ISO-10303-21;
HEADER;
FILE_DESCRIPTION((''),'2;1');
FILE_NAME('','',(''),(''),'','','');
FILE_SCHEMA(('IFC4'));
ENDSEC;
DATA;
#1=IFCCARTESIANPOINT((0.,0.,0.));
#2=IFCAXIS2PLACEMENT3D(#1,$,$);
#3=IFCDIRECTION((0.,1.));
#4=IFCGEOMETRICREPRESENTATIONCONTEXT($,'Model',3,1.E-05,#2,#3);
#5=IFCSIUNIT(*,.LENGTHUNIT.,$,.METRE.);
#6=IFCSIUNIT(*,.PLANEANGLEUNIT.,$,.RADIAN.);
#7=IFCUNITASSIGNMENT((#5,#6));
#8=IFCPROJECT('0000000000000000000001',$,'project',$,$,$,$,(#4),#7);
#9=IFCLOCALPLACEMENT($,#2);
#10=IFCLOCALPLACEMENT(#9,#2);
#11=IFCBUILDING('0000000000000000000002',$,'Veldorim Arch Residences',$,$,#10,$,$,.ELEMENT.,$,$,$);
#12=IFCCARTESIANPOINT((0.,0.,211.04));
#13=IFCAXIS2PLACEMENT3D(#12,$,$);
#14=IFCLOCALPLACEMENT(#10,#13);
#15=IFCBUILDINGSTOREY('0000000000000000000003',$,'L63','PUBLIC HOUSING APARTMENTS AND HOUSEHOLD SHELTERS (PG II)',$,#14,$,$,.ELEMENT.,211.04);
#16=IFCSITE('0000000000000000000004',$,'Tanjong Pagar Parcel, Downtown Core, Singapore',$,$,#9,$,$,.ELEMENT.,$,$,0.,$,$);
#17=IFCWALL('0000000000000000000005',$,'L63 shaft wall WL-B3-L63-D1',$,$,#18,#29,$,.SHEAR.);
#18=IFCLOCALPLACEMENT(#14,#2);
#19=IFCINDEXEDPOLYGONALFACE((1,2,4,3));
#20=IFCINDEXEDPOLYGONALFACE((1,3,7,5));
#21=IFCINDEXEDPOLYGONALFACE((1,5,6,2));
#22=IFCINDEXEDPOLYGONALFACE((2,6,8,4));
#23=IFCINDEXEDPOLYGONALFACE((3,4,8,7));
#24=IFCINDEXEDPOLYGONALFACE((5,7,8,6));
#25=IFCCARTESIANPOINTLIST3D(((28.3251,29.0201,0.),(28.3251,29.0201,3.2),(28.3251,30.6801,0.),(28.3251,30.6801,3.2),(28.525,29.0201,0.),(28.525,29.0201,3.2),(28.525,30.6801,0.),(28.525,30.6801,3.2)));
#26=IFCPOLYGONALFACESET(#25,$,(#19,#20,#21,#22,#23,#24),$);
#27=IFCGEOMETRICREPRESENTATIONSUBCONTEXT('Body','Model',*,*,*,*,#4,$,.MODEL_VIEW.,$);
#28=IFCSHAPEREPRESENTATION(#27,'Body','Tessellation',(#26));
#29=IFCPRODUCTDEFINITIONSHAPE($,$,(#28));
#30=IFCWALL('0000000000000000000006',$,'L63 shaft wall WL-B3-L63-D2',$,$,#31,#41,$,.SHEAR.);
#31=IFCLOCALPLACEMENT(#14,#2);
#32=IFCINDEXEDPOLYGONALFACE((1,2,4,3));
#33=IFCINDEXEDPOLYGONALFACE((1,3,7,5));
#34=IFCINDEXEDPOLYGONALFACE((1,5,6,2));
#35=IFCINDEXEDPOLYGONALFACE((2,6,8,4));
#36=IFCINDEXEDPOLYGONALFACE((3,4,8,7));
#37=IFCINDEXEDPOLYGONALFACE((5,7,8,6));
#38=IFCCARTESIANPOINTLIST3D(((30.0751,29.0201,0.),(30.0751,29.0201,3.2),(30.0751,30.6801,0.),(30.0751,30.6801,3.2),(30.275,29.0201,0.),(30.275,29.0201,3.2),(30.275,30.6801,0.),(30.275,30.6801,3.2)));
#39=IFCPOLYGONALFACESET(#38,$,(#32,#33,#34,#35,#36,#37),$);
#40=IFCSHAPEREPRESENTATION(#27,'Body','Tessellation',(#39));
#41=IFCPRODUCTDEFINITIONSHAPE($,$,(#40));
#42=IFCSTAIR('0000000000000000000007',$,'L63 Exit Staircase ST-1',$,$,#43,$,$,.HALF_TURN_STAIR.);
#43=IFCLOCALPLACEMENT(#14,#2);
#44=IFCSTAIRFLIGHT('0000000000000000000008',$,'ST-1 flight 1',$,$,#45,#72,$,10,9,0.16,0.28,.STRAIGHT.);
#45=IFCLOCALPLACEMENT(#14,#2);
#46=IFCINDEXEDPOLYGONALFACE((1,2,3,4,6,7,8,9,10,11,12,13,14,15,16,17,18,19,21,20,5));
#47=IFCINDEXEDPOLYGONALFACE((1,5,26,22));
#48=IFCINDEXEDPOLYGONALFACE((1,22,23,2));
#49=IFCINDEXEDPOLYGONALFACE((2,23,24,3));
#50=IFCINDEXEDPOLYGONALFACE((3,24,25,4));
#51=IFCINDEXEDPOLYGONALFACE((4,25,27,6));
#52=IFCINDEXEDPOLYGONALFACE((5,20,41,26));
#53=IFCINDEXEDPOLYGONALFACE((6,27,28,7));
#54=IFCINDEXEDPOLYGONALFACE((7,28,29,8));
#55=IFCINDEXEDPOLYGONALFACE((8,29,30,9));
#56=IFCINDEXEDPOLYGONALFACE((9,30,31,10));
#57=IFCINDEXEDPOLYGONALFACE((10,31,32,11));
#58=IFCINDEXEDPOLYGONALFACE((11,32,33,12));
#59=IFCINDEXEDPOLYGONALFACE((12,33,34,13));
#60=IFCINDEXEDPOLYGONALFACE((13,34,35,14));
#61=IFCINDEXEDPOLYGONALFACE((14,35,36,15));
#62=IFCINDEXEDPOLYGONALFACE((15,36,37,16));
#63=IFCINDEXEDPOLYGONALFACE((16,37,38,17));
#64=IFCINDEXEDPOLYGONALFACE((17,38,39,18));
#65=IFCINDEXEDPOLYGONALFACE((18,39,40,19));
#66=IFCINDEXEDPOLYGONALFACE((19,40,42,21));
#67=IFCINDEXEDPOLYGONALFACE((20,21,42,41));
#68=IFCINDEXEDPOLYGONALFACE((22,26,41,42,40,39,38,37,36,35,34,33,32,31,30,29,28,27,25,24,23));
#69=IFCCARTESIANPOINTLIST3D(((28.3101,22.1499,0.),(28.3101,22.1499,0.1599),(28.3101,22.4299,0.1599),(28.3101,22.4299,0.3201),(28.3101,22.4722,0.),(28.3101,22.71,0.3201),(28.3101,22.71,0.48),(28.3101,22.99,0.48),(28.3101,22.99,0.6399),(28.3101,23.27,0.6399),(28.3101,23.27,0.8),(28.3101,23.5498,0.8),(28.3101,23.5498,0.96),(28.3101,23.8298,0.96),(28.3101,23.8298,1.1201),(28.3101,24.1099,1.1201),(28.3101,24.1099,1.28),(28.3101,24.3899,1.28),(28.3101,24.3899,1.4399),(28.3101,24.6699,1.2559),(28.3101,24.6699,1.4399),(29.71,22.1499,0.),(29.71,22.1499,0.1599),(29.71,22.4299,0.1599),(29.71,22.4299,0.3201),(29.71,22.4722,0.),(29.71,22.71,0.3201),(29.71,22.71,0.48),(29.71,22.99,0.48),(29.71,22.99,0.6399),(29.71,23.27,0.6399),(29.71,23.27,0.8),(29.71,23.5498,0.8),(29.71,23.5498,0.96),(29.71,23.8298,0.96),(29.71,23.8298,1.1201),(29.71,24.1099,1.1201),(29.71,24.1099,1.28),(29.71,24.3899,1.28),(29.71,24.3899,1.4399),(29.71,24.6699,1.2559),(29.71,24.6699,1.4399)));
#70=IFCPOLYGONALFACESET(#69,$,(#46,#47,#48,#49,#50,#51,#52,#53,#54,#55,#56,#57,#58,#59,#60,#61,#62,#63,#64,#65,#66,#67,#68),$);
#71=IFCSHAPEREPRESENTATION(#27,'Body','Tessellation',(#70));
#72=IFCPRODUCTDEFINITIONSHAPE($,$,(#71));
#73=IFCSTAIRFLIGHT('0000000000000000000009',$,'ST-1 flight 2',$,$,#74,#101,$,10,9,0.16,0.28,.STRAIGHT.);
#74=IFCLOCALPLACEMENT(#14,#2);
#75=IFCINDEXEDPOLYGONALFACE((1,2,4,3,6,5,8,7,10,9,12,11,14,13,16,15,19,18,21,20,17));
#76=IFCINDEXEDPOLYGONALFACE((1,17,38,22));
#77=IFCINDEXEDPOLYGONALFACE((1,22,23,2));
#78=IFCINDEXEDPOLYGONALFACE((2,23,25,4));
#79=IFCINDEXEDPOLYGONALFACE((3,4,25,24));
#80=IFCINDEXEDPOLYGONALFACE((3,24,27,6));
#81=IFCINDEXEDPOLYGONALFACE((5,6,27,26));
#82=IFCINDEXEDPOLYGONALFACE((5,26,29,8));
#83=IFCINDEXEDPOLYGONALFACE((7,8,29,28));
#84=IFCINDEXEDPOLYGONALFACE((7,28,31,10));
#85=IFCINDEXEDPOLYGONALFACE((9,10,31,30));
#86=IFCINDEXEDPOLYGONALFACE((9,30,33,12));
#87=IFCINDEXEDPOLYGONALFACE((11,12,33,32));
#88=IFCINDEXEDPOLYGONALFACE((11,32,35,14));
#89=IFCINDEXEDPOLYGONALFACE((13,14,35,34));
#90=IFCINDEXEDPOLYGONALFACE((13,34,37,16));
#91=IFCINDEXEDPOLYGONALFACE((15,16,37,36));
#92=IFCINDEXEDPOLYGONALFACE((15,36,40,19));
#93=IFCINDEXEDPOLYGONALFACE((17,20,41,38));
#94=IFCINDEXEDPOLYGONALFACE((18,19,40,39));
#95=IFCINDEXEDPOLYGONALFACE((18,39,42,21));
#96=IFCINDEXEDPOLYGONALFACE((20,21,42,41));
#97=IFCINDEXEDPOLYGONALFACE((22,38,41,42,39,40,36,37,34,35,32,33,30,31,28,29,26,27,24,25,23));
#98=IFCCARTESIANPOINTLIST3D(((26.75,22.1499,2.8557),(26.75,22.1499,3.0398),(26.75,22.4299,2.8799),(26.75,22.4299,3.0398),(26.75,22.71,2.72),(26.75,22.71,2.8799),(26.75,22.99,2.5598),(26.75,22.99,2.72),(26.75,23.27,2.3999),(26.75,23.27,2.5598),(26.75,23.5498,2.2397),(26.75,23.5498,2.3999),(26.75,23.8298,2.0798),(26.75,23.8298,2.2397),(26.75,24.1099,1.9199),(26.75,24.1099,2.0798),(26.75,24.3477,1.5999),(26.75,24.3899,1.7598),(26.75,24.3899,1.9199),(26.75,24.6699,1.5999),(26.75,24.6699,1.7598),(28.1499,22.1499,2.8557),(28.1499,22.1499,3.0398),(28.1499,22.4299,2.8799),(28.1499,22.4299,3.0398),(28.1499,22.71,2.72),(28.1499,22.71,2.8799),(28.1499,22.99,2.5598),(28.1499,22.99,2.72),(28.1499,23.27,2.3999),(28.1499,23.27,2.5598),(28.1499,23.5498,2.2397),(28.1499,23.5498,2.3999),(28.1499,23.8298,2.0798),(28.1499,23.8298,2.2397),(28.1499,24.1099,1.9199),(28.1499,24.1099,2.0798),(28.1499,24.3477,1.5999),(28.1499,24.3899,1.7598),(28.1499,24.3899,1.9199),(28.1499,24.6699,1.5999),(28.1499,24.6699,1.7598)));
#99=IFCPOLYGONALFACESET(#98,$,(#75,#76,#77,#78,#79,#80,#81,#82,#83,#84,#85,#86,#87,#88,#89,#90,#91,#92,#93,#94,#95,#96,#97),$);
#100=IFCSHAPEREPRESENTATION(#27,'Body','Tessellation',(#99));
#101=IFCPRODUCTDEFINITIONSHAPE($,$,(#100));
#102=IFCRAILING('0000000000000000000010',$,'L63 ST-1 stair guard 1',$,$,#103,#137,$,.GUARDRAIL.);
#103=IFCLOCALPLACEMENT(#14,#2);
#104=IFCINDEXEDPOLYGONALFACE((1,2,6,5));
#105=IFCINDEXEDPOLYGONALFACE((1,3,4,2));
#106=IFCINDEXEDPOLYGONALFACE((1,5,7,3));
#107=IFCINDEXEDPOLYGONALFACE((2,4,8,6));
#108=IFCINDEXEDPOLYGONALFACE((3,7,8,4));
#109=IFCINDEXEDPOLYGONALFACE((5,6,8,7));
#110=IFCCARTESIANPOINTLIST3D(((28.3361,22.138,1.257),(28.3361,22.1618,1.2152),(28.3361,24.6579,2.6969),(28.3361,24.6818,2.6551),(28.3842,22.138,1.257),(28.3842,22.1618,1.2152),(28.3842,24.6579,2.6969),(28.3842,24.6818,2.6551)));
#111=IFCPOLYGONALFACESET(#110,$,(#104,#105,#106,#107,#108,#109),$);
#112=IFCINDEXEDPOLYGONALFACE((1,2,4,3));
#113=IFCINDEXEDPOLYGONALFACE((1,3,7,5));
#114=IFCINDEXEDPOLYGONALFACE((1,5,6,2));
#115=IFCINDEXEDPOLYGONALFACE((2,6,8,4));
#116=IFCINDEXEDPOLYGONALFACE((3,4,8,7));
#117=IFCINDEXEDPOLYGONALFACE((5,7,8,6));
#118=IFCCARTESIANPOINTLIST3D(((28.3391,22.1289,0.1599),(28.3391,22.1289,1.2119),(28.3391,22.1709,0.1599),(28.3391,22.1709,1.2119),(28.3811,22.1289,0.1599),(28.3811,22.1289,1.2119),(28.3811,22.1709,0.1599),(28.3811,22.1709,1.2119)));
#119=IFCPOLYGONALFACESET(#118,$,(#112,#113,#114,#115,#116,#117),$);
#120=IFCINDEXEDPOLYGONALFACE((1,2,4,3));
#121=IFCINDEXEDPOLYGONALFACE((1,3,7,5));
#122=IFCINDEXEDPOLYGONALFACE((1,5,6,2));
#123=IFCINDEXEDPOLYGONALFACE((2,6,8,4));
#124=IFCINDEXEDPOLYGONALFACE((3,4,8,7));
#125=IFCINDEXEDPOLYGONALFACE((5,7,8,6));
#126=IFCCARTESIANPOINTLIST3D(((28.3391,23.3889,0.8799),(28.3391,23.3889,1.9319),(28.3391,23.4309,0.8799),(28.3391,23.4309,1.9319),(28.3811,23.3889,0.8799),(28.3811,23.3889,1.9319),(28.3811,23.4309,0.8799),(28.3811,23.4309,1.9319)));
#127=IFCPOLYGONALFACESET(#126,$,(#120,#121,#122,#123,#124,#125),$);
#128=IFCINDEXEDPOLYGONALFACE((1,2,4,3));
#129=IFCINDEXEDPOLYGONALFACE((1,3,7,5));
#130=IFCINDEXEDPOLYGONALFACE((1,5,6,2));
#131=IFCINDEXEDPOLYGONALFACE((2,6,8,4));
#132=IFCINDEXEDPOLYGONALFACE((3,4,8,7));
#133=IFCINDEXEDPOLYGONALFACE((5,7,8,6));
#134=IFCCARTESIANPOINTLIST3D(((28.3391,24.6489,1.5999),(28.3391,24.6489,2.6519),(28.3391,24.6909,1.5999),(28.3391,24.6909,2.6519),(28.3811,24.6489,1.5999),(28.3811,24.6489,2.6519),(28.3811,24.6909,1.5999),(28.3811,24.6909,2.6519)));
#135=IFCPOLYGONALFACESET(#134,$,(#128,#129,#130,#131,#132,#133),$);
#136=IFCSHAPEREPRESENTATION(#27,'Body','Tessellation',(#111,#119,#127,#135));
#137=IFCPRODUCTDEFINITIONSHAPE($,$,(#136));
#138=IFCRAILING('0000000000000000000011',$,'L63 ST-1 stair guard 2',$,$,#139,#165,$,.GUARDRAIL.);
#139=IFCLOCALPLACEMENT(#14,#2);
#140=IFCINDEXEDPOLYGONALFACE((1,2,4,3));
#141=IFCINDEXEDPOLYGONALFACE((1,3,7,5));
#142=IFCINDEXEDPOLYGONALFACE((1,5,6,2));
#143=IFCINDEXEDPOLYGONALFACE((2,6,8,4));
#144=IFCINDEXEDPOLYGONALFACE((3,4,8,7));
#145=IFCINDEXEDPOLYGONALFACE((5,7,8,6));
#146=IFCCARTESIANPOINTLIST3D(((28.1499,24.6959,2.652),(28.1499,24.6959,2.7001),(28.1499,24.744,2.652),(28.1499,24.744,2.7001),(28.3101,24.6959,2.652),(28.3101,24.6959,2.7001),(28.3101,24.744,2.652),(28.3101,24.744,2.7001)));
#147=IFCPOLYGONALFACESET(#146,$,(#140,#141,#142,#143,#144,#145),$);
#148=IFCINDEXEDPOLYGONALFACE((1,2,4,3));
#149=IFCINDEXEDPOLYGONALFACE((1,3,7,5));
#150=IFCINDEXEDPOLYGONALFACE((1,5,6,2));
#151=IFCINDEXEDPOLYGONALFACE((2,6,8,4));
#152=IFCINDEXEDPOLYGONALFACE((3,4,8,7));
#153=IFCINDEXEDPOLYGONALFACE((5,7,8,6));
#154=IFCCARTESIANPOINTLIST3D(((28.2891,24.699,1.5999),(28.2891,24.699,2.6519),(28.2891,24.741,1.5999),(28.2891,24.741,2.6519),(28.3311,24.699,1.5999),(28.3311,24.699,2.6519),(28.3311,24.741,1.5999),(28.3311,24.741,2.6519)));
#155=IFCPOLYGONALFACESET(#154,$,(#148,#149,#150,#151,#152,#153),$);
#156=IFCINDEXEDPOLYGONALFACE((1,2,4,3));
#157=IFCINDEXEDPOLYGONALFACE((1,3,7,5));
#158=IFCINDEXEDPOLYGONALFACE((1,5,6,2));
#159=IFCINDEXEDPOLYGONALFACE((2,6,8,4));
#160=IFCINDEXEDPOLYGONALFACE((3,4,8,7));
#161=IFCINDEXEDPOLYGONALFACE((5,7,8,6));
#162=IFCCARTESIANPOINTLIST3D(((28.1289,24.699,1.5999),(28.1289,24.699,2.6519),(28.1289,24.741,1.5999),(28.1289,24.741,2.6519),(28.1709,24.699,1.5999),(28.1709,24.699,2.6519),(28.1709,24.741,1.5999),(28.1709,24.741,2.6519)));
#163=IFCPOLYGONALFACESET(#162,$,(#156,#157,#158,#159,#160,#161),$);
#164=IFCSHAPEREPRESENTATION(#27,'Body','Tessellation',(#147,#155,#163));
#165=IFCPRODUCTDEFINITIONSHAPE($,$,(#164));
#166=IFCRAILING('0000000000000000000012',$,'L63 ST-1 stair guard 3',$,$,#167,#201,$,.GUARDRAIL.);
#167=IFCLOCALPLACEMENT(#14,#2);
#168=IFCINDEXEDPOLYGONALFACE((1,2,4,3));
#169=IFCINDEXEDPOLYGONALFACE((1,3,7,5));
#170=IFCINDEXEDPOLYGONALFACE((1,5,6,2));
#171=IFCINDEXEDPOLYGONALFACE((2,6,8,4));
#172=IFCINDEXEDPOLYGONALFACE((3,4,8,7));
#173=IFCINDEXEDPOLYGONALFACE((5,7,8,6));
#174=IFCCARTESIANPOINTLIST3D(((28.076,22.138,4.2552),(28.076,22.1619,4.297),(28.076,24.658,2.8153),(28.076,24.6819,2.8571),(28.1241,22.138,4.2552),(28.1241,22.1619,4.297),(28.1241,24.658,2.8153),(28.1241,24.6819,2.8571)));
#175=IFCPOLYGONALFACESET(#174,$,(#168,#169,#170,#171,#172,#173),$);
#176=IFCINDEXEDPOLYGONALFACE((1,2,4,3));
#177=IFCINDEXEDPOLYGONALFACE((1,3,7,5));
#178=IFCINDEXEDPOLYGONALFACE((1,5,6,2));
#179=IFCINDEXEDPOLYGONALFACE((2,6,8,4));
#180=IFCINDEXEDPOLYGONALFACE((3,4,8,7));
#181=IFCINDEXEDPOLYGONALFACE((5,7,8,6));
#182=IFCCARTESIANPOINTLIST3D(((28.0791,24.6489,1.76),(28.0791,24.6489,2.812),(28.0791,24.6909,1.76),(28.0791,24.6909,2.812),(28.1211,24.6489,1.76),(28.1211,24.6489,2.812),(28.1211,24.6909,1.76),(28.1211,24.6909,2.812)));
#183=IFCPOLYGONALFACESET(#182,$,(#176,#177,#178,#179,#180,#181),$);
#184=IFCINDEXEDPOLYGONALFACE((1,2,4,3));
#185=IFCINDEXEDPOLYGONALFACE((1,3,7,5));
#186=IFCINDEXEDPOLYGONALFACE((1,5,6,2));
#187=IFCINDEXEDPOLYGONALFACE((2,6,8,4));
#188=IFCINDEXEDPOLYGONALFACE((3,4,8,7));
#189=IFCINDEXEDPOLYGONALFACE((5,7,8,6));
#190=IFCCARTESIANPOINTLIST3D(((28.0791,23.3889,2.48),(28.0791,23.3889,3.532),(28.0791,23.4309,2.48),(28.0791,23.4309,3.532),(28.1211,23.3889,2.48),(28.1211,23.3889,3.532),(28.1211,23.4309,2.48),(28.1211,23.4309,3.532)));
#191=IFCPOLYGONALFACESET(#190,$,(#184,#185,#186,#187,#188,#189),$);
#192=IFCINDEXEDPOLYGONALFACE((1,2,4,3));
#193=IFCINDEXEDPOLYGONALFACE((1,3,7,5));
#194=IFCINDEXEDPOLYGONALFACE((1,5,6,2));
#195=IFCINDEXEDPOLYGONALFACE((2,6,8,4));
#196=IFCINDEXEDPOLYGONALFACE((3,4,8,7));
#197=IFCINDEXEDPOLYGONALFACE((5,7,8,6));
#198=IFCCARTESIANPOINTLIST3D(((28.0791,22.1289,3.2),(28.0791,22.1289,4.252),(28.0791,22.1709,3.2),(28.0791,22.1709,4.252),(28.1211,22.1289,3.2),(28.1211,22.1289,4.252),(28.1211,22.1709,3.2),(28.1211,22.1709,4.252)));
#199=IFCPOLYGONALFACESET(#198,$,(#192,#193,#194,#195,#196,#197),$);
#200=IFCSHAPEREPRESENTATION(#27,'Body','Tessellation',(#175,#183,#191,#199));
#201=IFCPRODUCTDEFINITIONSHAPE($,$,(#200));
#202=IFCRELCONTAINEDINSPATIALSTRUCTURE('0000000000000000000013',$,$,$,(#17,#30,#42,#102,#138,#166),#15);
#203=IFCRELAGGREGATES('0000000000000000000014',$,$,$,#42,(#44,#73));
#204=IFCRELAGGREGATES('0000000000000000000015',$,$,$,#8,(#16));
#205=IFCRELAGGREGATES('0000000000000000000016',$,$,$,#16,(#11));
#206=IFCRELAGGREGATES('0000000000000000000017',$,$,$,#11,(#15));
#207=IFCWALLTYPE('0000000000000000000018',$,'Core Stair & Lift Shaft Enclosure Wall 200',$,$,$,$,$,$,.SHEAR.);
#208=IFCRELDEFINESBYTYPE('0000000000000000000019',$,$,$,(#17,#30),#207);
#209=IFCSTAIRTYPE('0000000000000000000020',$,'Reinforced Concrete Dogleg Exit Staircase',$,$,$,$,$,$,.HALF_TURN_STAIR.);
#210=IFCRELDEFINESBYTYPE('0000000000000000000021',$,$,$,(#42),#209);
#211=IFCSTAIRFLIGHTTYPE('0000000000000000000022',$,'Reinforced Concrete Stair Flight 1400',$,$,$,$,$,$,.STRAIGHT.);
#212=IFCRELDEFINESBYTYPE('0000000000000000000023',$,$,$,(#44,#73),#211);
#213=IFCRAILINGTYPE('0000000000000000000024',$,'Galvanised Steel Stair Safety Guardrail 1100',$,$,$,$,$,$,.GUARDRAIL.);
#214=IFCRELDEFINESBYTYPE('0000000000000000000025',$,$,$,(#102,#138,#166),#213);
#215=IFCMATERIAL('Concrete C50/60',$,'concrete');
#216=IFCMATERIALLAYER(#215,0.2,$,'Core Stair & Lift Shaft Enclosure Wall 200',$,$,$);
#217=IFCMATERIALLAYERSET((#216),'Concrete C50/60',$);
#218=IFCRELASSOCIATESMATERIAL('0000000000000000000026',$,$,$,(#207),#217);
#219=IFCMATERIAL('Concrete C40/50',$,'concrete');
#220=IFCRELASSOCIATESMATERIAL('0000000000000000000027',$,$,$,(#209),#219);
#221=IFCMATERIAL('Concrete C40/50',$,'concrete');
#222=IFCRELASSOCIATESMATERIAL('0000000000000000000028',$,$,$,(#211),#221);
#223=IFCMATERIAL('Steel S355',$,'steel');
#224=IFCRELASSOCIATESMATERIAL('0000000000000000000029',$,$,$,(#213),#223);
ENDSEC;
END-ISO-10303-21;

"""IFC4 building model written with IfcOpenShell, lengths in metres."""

from ifc_helpers import new_model, si_unit, direction, frame, frame_2d, origin, origin_2d, place, context, subcontext, project, spatial, polyline, rectangle, outline, extrude, material, layer, layer_set, type_object, element, aggregate, save


model = new_model("IFC4")

# Units and contexts
model_context = context("Model", 3, precision=1e-05, world=origin(), true_north=direction((0.0, 1.0)))
body_context = subcontext(model_context, "Body", "Model", "MODEL_VIEW")
ifc_project = project(units=[si_unit("LENGTHUNIT", "METRE"), si_unit("PLANEANGLEUNIT", "RADIAN")], contexts=[model_context])

# Site, building, storey
site_placement = place(None, origin())
site = spatial("IfcSite", under=ifc_project, at=site_placement, Name="Tanjong Pagar Parcel, Downtown Core, Singapore", CompositionType="ELEMENT", RefElevation=0.0)
building_placement = place(site_placement, origin())
building = spatial("IfcBuilding", under=site, at=building_placement, Name="Veldorim Arch Residences", CompositionType="ELEMENT")
storey_placement = place(building_placement, frame((0.0, 0.0, 211.04)))
storey = spatial("IfcBuildingStorey", under=building, at=storey_placement, Name="L63", Description="PUBLIC HOUSING APARTMENTS AND HOUSEHOLD SHELTERS (PG II)", CompositionType="ELEMENT", Elevation=211.04)

# Shared definitions
ifc_material_1 = material(Name="Concrete C50/60", Category="concrete")
ifc_layer_1 = layer(ifc_material_1, 0.2, Name="Core Stair & Lift Shaft Enclosure Wall 200")
ifc_layer_set_1 = layer_set([ifc_layer_1], Name="Concrete C50/60")
wall_type_1 = type_object("IfcWallType", Name="Core Stair & Lift Shaft Enclosure Wall 200", PredefinedType="SHEAR", material=ifc_layer_set_1)

# Walls
for number, where, z_axis, x_axis, name in (
    (1, (28.425, 29.02, 0.0), (0.0, 0.0, 1.0), (0.0, 1.0, 0.0), "L63 shaft wall WL-B3-L63-D1"),
    (2, (30.175, 29.02, 0.0), (0.0, 0.0, 1.0), (0.0, 1.0, 0.0), "L63 shaft wall WL-B3-L63-D2"),
):
    element("IfcWall", number, at=place(storey_placement, frame(where, z_axis=z_axis, x_axis=x_axis)), inside=storey, type_object=wall_type_1, Name=name, PredefinedType="SHEAR", context=body_context, shape_type="SweptSolid", body=[
        extrude(rectangle(XDim=1.6599, YDim=0.2, at=frame_2d((0.8301, 0.0))), origin(), (0.0, 0.0, 1.0), 3.2),
    ])

# Stair, stair flights
ifc_material_2 = material(Name="Concrete C40/50", Category="concrete")
stair_type = type_object("IfcStairType", Name="Reinforced Concrete Dogleg Exit Staircase", PredefinedType="HALF_TURN_STAIR", material=ifc_material_2)
stair_placement = place(storey_placement, origin())
stair = element("IfcStair", 3, at=stair_placement, inside=storey, type_object=stair_type, Name="L63 Exit Staircase ST-1", PredefinedType="HALF_TURN_STAIR")
ifc_material_3 = material(Name="Concrete C40/50", Category="concrete")
stair_flight_type = type_object("IfcStairFlightType", Name="Reinforced Concrete Stair Flight 1400", PredefinedType="STRAIGHT", material=ifc_material_3)
stair_flight_1_placement = place(storey_placement, frame((29.01, 22.1499, 0.0), z_axis=(0.0, 0.0, 1.0), x_axis=(0.0, 1.0, 0.0)))
stair_flight_1 = element("IfcStairFlight", 4, at=stair_flight_1_placement, type_object=stair_flight_type, Name="ST-1 flight 1", NumberOfRisers=10, NumberOfTreads=9, PredefinedType="STRAIGHT", RiserHeight=0.16, TreadLength=0.28, context=body_context, shape_type="SweptSolid", body=[
    extrude(outline(polyline([(0.0, 0.0), (0.0, 0.1599), (0.28, 0.1599), (0.28, 0.3201), (0.5601, 0.3201), (0.5601, 0.48), (0.8401, 0.48), (0.8401, 0.6399), (1.1201, 0.6399), (1.1201, 0.8), (1.3999, 0.8), (1.3999, 0.96), (1.6799, 0.96), (1.6799, 1.1201), (1.96, 1.1201), (1.96, 1.28), (2.24, 1.28), (2.24, 1.4399), (2.52, 1.4399), (2.52, 1.6001), (2.52, 1.2559), (0.3223, 0.0), (0.0, 0.0)])), frame((0.0, 0.7, 0.0), z_axis=(0.0, -1.0, 0.0), x_axis=(1.0, 0.0, 0.0)), (0.0, 0.0, 1.0), 1.3999),
])
stair_flight_2_placement = place(storey_placement, frame((27.45, 24.6699, 1.5999), z_axis=(0.0, 0.0, 1.0), x_axis=(0.0, -1.0, 0.0)))
stair_flight_2 = element("IfcStairFlight", 5, at=stair_flight_2_placement, type_object=stair_flight_type, Name="ST-1 flight 2", NumberOfRisers=10, NumberOfTreads=9, PredefinedType="STRAIGHT", RiserHeight=0.16, TreadLength=0.28, context=body_context, shape_type="SweptSolid", body=[
    extrude(outline(polyline([(0.0, 0.0), (0.0, 0.1599), (0.28, 0.1599), (0.28, 0.3201), (0.5601, 0.3201), (0.5601, 0.48), (0.8401, 0.48), (0.8401, 0.6399), (1.1201, 0.6399), (1.1201, 0.8), (1.3999, 0.8), (1.3999, 0.96), (1.6799, 0.96), (1.6799, 1.1201), (1.96, 1.1201), (1.96, 1.28), (2.24, 1.28), (2.24, 1.4399), (2.52, 1.4399), (2.52, 1.6001), (2.52, 1.2559), (0.3223, 0.0), (0.0, 0.0)])), frame((0.0, 0.7, 0.0), z_axis=(0.0, -1.0, 0.0), x_axis=(1.0, 0.0, 0.0)), (0.0, 0.0, 1.0), 1.3999),
])
aggregate(stair, [stair_flight_1, stair_flight_2])

# Railings
ifc_material_4 = material(Name="Steel S355", Category="steel")
railing_type_1 = type_object("IfcRailingType", Name="Galvanised Steel Stair Safety Guardrail 1100", PredefinedType="GUARDRAIL", material=ifc_material_4)
railing_1_placement = place(storey_placement, frame((28.3601, 22.1499, 0.1599)))
element("IfcRailing", 6, at=railing_1_placement, inside=storey, type_object=railing_type_1, Name="L63 ST-1 stair guard 1", PredefinedType="GUARDRAIL", context=body_context, shape_type="SweptSolid", body=[
    extrude(rectangle(XDim=0.0481, YDim=0.0481, at=origin_2d()), frame((0.0, 0.0, 1.0762), z_axis=(0.0, 0.868253, 0.496121), x_axis=(-1.0, 0.0, 0.0)), (0.0, 0.0, 1.0), 2.9023),
    extrude(rectangle(XDim=0.042, YDim=0.042, at=origin_2d()), origin(), (0.0, 0.0, 1.0), 1.052),
    extrude(rectangle(XDim=0.042, YDim=0.042, at=origin_2d()), frame((0.0, 1.26, 0.72)), (0.0, 0.0, 1.0), 1.052),
    extrude(rectangle(XDim=0.042, YDim=0.042, at=origin_2d()), frame((0.0, 2.52, 1.4399)), (0.0, 0.0, 1.0), 1.052),
])
railing_2_placement = place(storey_placement, frame((28.3101, 24.72, 1.5999)))
element("IfcRailing", 7, at=railing_2_placement, inside=storey, type_object=railing_type_1, Name="L63 ST-1 stair guard 2", PredefinedType="GUARDRAIL", context=body_context, shape_type="SweptSolid", body=[
    extrude(rectangle(XDim=0.0481, YDim=0.0481, at=origin_2d()), frame((0.0, 0.0, 1.0762), z_axis=(-1.0, 0.0, 0.0), x_axis=(0.0, -1.0, 0.0)), (0.0, 0.0, 1.0), 0.1602),
    extrude(rectangle(XDim=0.042, YDim=0.042, at=origin_2d()), origin(), (0.0, 0.0, 1.0), 1.052),
    extrude(rectangle(XDim=0.042, YDim=0.042, at=origin_2d()), frame((-0.1602, 0.0, 0.0)), (0.0, 0.0, 1.0), 1.052),
])
railing_3_placement = place(storey_placement, frame((28.1001, 24.6699, 1.76)))
element("IfcRailing", 8, at=railing_3_placement, inside=storey, type_object=railing_type_1, Name="L63 ST-1 stair guard 3", PredefinedType="GUARDRAIL", context=body_context, shape_type="SweptSolid", body=[
    extrude(rectangle(XDim=0.0481, YDim=0.0481, at=origin_2d()), frame((0.0, 0.0, 1.0762), z_axis=(0.0, -0.868253, 0.496121), x_axis=(1.0, 0.0, 0.0)), (0.0, 0.0, 1.0), 2.9023),
    extrude(rectangle(XDim=0.042, YDim=0.042, at=origin_2d()), origin(), (0.0, 0.0, 1.0), 1.052),
    extrude(rectangle(XDim=0.042, YDim=0.042, at=origin_2d()), frame((0.0, -1.26, 0.72)), (0.0, 0.0, 1.0), 1.052),
    extrude(rectangle(XDim=0.042, YDim=0.042, at=origin_2d()), frame((0.0, -2.52, 1.4399)), (0.0, 0.0, 1.0), 1.052),
])

save(model, "model.ifc")
